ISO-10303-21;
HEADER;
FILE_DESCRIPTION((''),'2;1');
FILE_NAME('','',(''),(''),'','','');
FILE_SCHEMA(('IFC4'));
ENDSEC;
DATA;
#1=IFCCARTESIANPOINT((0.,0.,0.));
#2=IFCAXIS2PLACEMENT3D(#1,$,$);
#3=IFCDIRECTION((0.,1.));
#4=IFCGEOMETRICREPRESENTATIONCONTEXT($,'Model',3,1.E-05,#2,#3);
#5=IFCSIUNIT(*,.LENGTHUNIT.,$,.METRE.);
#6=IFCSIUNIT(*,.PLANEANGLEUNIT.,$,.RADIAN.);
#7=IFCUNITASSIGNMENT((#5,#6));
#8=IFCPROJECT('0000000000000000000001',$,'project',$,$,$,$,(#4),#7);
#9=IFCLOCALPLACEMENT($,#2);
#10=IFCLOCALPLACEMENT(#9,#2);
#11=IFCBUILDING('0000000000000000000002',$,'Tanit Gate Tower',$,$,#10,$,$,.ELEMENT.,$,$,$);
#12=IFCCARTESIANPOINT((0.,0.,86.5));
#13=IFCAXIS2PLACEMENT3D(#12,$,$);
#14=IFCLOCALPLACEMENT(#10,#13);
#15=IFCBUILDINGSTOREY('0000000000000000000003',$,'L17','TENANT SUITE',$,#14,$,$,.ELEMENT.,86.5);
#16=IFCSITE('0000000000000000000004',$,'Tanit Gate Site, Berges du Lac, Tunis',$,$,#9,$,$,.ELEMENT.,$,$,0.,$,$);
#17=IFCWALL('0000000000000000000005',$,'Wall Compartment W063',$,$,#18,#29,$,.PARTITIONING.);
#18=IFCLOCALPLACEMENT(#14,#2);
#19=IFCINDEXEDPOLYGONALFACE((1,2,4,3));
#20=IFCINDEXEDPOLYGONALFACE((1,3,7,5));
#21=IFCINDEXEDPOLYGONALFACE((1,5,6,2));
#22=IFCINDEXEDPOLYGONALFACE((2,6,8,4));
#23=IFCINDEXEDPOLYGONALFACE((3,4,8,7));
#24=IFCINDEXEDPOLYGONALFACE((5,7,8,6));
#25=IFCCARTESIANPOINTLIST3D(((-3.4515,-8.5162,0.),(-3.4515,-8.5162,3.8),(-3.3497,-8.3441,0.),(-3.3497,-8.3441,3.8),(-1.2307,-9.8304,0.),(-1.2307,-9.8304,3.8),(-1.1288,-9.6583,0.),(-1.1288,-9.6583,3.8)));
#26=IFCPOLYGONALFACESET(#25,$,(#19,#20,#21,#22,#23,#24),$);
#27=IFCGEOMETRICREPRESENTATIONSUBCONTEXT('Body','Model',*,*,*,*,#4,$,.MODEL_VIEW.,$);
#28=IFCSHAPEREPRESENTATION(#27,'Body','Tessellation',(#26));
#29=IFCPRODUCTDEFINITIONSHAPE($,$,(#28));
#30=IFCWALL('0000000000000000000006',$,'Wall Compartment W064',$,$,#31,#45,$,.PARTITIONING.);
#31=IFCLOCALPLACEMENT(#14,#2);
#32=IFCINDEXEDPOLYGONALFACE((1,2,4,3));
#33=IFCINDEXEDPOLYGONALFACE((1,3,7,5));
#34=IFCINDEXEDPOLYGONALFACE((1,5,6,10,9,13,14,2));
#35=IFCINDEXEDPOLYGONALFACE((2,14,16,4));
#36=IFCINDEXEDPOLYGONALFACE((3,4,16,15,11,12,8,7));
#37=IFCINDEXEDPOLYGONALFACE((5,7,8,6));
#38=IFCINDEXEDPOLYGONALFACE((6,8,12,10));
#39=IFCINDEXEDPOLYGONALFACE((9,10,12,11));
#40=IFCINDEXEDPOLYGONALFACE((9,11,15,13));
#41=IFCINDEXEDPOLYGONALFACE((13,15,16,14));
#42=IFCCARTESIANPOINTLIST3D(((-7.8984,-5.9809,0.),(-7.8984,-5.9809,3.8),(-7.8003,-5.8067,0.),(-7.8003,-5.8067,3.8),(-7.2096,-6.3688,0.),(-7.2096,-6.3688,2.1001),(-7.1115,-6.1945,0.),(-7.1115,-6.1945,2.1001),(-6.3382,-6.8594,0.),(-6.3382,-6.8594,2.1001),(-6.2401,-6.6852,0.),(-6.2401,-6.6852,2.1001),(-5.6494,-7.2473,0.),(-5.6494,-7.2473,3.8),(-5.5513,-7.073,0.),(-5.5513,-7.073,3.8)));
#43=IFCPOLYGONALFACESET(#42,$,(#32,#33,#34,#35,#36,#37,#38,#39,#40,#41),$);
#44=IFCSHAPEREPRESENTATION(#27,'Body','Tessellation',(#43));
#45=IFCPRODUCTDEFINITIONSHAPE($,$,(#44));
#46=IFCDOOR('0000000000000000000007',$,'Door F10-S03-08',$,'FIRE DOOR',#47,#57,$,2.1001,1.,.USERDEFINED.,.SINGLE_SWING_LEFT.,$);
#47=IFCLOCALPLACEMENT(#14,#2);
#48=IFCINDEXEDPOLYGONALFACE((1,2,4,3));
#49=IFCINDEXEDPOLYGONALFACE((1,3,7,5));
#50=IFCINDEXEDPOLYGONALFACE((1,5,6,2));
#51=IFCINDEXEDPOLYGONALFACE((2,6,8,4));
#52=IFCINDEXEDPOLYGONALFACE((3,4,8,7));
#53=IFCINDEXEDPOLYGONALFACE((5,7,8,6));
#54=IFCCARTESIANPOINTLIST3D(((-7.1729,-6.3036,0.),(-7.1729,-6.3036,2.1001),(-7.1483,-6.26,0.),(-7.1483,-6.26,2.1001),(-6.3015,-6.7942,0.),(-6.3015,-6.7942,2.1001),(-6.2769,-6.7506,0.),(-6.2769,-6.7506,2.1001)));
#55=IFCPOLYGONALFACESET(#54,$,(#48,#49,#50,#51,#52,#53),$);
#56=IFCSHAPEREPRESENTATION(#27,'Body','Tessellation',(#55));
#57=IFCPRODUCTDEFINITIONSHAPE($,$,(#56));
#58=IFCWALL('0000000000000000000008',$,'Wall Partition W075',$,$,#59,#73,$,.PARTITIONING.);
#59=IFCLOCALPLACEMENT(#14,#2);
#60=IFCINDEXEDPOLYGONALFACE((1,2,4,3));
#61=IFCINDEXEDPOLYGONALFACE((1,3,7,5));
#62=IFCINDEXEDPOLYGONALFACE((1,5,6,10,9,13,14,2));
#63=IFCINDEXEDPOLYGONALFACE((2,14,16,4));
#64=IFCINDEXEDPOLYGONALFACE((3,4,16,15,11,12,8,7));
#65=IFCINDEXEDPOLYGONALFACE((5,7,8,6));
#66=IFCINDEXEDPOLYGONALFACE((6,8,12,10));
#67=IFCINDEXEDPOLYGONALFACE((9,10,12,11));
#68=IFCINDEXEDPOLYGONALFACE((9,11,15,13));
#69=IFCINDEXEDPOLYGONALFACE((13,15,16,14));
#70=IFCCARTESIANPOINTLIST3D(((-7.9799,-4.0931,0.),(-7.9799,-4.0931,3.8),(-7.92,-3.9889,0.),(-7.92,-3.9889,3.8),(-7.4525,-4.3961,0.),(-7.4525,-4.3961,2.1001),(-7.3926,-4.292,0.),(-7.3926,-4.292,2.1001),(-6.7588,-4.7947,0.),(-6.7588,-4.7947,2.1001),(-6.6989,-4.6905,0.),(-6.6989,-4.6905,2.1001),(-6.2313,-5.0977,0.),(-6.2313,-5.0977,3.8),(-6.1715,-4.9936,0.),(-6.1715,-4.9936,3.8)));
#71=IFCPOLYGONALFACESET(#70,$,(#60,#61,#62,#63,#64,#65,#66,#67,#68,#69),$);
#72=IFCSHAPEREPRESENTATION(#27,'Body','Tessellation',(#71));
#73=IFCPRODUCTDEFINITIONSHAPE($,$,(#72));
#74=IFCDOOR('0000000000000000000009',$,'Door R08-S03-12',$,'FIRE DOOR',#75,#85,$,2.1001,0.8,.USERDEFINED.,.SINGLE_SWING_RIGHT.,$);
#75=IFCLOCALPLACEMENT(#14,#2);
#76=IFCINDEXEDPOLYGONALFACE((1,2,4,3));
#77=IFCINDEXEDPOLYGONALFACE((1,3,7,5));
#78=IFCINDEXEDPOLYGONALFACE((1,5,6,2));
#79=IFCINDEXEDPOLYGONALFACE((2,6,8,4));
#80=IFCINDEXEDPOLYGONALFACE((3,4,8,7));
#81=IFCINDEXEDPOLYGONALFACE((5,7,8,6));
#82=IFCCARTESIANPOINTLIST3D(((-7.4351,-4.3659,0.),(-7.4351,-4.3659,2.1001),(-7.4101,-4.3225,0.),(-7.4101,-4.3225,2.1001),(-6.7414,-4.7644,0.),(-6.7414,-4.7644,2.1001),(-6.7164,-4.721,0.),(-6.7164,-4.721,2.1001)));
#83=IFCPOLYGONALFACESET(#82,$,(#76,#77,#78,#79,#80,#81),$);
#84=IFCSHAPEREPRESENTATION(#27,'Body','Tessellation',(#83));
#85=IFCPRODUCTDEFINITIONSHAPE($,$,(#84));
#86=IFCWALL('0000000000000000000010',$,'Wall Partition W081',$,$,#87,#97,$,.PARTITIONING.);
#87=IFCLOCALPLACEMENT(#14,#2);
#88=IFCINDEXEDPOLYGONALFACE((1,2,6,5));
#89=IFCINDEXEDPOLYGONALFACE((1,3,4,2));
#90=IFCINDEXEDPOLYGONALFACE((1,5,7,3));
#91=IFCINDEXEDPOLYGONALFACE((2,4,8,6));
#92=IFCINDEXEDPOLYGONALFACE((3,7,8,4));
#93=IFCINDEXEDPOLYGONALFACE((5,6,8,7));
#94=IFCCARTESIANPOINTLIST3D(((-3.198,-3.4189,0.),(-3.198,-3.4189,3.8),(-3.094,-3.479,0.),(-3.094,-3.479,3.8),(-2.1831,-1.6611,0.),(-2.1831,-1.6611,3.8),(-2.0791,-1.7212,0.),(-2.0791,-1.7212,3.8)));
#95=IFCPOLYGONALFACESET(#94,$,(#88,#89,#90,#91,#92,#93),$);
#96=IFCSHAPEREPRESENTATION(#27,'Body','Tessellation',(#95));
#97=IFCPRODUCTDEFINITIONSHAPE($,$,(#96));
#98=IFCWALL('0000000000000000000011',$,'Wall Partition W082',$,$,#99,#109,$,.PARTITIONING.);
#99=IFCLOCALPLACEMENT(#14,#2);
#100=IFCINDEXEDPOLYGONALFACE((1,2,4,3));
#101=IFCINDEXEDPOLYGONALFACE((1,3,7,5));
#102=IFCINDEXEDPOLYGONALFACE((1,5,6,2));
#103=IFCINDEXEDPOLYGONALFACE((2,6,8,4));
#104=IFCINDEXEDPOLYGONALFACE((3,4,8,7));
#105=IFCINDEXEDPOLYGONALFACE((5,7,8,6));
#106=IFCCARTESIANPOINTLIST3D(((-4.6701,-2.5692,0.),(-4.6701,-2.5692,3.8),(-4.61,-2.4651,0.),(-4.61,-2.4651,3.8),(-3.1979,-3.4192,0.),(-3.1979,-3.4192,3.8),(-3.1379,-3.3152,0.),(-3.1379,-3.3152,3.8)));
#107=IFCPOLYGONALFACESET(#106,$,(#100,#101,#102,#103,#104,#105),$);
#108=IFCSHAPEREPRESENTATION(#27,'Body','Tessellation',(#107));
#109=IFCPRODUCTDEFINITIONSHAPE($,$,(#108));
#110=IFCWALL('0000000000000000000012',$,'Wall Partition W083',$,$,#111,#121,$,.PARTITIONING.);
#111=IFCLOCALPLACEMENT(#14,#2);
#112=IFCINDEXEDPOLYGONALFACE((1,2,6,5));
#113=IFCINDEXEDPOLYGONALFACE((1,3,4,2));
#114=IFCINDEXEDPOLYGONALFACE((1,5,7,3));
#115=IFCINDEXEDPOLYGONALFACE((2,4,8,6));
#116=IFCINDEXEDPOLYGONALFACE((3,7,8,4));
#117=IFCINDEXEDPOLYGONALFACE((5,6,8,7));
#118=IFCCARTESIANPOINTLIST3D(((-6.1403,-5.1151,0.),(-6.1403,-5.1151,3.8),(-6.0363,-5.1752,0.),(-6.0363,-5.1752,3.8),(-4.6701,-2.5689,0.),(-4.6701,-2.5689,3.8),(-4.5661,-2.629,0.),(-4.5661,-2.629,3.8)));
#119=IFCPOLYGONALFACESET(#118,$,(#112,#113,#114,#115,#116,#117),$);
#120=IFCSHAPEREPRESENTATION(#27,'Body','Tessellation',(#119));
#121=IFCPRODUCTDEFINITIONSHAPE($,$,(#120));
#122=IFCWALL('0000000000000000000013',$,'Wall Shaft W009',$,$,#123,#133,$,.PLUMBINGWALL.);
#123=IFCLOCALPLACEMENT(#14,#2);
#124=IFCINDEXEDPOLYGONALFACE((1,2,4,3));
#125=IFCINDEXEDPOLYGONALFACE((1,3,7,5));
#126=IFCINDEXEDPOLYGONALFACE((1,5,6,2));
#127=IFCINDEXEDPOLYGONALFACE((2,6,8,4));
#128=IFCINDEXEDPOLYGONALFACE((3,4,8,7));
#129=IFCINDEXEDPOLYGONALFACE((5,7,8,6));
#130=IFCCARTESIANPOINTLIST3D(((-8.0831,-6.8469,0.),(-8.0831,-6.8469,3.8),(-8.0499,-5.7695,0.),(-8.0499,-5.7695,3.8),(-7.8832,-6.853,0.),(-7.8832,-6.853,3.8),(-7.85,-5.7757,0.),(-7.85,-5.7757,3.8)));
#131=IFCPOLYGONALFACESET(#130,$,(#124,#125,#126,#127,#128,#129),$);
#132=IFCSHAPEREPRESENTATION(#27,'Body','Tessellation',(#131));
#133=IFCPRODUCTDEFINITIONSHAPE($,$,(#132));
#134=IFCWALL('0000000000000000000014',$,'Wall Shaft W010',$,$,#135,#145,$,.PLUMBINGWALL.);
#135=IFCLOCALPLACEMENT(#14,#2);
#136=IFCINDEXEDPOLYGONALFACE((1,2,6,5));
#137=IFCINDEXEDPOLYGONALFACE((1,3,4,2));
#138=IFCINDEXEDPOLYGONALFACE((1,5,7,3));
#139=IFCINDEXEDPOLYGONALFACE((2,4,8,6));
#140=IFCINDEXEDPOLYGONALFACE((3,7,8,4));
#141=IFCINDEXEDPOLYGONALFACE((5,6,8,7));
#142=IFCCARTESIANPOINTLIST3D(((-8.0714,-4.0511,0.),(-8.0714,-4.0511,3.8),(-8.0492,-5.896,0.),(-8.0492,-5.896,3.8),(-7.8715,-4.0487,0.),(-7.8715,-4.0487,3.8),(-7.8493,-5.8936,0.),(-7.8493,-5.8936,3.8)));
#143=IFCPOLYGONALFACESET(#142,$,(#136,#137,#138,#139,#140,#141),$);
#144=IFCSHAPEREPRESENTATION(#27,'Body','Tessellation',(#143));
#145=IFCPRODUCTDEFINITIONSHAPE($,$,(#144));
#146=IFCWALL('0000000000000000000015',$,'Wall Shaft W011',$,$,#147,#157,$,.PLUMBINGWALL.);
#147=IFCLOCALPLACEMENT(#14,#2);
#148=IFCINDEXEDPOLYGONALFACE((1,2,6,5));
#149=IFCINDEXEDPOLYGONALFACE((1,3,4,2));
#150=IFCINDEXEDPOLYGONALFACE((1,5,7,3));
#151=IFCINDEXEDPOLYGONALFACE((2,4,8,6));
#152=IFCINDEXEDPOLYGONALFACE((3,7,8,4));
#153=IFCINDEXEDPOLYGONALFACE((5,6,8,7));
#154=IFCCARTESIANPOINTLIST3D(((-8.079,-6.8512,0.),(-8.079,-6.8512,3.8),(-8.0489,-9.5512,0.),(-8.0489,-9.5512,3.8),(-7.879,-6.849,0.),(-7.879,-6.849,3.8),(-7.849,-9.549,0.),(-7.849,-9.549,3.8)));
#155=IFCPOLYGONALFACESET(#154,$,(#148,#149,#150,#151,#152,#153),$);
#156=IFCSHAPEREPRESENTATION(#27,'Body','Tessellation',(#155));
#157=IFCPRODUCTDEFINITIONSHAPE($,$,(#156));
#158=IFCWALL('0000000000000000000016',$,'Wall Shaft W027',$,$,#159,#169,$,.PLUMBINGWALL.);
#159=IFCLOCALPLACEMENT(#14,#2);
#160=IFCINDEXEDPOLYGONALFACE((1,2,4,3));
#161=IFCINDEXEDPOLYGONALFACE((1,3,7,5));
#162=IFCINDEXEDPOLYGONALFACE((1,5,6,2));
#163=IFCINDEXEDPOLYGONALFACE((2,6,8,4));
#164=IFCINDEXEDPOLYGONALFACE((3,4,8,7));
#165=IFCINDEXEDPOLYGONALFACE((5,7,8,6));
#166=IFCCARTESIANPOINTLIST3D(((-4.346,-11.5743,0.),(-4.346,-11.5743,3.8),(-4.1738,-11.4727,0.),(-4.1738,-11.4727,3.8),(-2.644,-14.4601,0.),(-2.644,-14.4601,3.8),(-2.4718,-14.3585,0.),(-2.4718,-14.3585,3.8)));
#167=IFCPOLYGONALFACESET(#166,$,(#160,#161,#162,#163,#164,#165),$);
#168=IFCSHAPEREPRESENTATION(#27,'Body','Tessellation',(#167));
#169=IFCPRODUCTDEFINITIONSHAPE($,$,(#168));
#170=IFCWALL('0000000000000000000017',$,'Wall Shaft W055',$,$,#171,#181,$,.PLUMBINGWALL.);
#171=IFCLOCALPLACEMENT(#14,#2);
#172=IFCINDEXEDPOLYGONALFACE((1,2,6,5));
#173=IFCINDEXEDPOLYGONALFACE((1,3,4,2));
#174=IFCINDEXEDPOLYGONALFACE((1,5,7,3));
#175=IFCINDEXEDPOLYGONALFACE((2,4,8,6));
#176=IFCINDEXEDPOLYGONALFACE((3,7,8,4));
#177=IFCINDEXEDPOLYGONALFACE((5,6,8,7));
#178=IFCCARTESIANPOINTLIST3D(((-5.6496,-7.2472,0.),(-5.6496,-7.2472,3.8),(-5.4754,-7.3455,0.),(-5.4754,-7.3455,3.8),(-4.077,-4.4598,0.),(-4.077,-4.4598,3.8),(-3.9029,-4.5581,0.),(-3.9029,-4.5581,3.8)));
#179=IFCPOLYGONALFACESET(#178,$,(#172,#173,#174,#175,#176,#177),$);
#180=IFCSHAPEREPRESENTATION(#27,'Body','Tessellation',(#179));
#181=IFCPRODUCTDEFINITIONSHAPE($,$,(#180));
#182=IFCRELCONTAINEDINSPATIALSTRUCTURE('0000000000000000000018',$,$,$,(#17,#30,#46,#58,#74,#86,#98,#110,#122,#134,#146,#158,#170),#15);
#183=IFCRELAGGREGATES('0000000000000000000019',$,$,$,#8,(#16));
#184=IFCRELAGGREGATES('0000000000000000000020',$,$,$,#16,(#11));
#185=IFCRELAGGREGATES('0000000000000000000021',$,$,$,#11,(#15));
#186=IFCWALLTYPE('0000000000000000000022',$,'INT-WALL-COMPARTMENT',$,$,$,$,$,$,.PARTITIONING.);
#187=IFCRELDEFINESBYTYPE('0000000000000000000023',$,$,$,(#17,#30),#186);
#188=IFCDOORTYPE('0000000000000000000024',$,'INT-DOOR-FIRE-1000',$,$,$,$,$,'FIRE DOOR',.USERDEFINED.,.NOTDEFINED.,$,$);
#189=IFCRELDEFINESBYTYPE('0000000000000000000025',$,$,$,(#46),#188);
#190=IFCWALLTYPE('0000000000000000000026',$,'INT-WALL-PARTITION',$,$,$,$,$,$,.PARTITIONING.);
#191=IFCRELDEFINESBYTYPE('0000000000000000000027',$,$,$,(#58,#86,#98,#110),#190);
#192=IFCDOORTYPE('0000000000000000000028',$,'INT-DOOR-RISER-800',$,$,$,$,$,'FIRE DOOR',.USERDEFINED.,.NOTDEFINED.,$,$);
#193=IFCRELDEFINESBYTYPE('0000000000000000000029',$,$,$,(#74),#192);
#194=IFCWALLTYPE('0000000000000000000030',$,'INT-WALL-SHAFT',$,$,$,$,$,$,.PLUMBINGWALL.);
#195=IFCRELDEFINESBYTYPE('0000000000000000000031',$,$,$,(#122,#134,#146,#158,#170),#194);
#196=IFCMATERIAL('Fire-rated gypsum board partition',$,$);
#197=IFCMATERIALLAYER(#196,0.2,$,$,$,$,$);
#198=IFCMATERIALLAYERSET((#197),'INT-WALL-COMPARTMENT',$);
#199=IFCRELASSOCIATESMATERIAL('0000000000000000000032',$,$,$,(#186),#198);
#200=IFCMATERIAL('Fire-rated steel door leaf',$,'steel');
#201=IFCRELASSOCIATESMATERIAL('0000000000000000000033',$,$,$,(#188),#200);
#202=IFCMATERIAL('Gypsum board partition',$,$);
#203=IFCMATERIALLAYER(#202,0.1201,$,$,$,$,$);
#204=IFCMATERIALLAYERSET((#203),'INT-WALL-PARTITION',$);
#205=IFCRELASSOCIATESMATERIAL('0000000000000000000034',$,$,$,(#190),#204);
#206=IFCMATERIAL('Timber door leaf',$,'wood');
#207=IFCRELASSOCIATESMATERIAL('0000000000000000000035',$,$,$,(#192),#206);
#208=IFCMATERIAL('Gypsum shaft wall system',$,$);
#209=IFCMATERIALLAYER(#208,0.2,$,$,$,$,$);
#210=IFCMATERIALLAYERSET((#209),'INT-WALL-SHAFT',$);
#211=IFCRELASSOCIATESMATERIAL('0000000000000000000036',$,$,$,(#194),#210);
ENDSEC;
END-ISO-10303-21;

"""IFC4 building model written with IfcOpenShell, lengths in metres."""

from ifc_helpers import new_model, si_unit, direction, frame, frame_2d, origin, place, context, subcontext, project, spatial, rectangle, extrude, material, layer, layer_set, type_object, element, fill, save


model = new_model("IFC4")

# Units and contexts
model_context = context("Model", 3, precision=1e-05, world=origin(), true_north=direction((0.0, 1.0)))
body_context = subcontext(model_context, "Body", "Model", "MODEL_VIEW")
ifc_project = project(units=[si_unit("LENGTHUNIT", "METRE"), si_unit("PLANEANGLEUNIT", "RADIAN")], contexts=[model_context])

# Site, building, storey
site_placement = place(None, origin())
site = spatial("IfcSite", under=ifc_project, at=site_placement, Name="Tanit Gate Site, Berges du Lac, Tunis", CompositionType="ELEMENT", RefElevation=0.0)
building_placement = place(site_placement, origin())
building = spatial("IfcBuilding", under=site, at=building_placement, Name="Tanit Gate Tower", CompositionType="ELEMENT")
storey_placement = place(building_placement, frame((0.0, 0.0, 86.5)))
storey = spatial("IfcBuildingStorey", under=building, at=storey_placement, Name="L17", Description="TENANT SUITE", CompositionType="ELEMENT", Elevation=86.5)

# Wall
ifc_material_1 = material(Name="Fire-rated gypsum board partition")
ifc_layer_1 = layer(ifc_material_1, 0.2)
ifc_layer_set_1 = layer_set([ifc_layer_1], Name="INT-WALL-COMPARTMENT")
wall_type_1 = type_object("IfcWallType", Name="INT-WALL-COMPARTMENT", PredefinedType="PARTITIONING", material=ifc_layer_set_1)
wall_1_placement = place(storey_placement, frame((-3.4006, -8.4302, 0.0), z_axis=(0.0, 0.0, 1.0), x_axis=(0.860616, -0.509255, 0.0)))
element("IfcWall", 1, at=wall_1_placement, inside=storey, type_object=wall_type_1, Name="Wall Compartment W063", PredefinedType="PARTITIONING", context=body_context, shape_type="SweptSolid", body=[
    extrude(rectangle(XDim=2.5806, YDim=0.2, at=frame_2d((1.2903, 0.0))), origin(), (0.0, 0.0, 1.0), 3.8),
])

# Walls, openings, doors
wall_2_placement = place(storey_placement, frame((-7.8494, -5.8938, 0.0), z_axis=(0.0, 0.0, 1.0), x_axis=(0.871363, -0.490638, 0.0)))
wall_2 = element("IfcWall", 2, at=wall_2_placement, inside=storey, type_object=wall_type_1, Name="Wall Compartment W064", PredefinedType="PARTITIONING", context=body_context, shape_type="SweptSolid", body=[
    extrude(rectangle(XDim=2.5811, YDim=0.2, at=frame_2d((1.2905, 0.0))), origin(), (0.0, 0.0, 1.0), 3.8),
])
opening_1_placement = place(wall_2_placement, frame((0.7905, 0.0, 0.0)))
opening_1 = element("IfcOpeningElement", 3, at=opening_1_placement, cuts=wall_2, PredefinedType="OPENING", context=body_context, shape_type="SweptSolid", body=[
    extrude(rectangle(XDim=1.0, YDim=2.1001, at=frame_2d((0.5, 1.05))), frame((0.0, 0.1099, 0.0), z_axis=(0.0, -1.0, 0.0), x_axis=(1.0, 0.0, 0.0)), (0.0, 0.0, 1.0), 0.22),
])
ifc_material_2 = material(Name="Fire-rated steel door leaf", Category="steel")
door_type_1 = type_object("IfcDoorType", Name="INT-DOOR-FIRE-1000", ElementType="FIRE DOOR", OperationType="NOTDEFINED", PredefinedType="USERDEFINED", material=ifc_material_2)
door_1_placement = place(opening_1_placement, origin())
door_1 = element("IfcDoor", 4, at=door_1_placement, inside=storey, type_object=door_type_1, Name="Door F10-S03-08", ObjectType="FIRE DOOR", OperationType="SINGLE_SWING_LEFT", OverallHeight=2.1001, OverallWidth=1.0, PredefinedType="USERDEFINED", context=body_context, shape_type="SweptSolid", body=[
    extrude(rectangle(XDim=1.0, YDim=2.1001, at=frame_2d((0.5, 1.05))), frame((0.0, 0.0249, 0.0), z_axis=(0.0, -1.0, 0.0), x_axis=(1.0, 0.0, 0.0)), (0.0, 0.0, 1.0), 0.05),
])
fill(opening_1, door_1)
ifc_material_3 = material(Name="Gypsum board partition")
ifc_layer_2 = layer(ifc_material_3, 0.1201)
ifc_layer_set_2 = layer_set([ifc_layer_2], Name="INT-WALL-PARTITION")
wall_type_2 = type_object("IfcWallType", Name="INT-WALL-PARTITION", PredefinedType="PARTITIONING", material=ifc_layer_set_2)
wall_3_placement = place(storey_placement, frame((-7.95, -4.041, 0.0), z_axis=(0.0, 0.0, 1.0), x_axis=(0.867071, -0.498184, 0.0)))
wall_3 = element("IfcWall", 5, at=wall_3_placement, inside=storey, type_object=wall_type_2, Name="Wall Partition W075", PredefinedType="PARTITIONING", context=body_context, shape_type="SweptSolid", body=[
    extrude(rectangle(XDim=2.0166, YDim=0.1201, at=frame_2d((1.0083, 0.0))), origin(), (0.0, 0.0, 1.0), 3.8),
])
opening_2_placement = place(wall_3_placement, frame((0.6084, 0.0, 0.0)))
opening_2 = element("IfcOpeningElement", 6, at=opening_2_placement, cuts=wall_3, PredefinedType="OPENING", context=body_context, shape_type="SweptSolid", body=[
    extrude(rectangle(XDim=0.8, YDim=2.1001, at=frame_2d((0.3999, 1.05))), frame((0.0, 0.0701, 0.0), z_axis=(0.0, -1.0, 0.0), x_axis=(1.0, 0.0, 0.0)), (0.0, 0.0, 1.0), 0.1401),
])
ifc_material_4 = material(Name="Timber door leaf", Category="wood")
door_type_2 = type_object("IfcDoorType", Name="INT-DOOR-RISER-800", ElementType="FIRE DOOR", OperationType="NOTDEFINED", PredefinedType="USERDEFINED", material=ifc_material_4)
door_2_placement = place(opening_2_placement, origin())
door_2 = element("IfcDoor", 7, at=door_2_placement, inside=storey, type_object=door_type_2, Name="Door R08-S03-12", ObjectType="FIRE DOOR", OperationType="SINGLE_SWING_RIGHT", OverallHeight=2.1001, OverallWidth=0.8, PredefinedType="USERDEFINED", context=body_context, shape_type="SweptSolid", body=[
    extrude(rectangle(XDim=0.8, YDim=2.1001, at=frame_2d((0.3999, 1.05))), frame((0.0, 0.0249, 0.0), z_axis=(0.0, -1.0, 0.0), x_axis=(1.0, 0.0, 0.0)), (0.0, 0.0, 1.0), 0.05),
])
fill(opening_2, door_2)

# Walls
wall_4_placement = place(storey_placement, frame((-3.146, -3.449, 0.0), z_axis=(0.0, 0.0, 1.0), x_axis=(0.500007, 0.866021, 0.0)))
element("IfcWall", 8, at=wall_4_placement, inside=storey, type_object=wall_type_2, Name="Wall Partition W081", PredefinedType="PARTITIONING", context=body_context, shape_type="SweptSolid", body=[
    extrude(rectangle(XDim=2.0298, YDim=0.1201, at=frame_2d((1.0149, 0.0))), origin(), (0.0, 0.0, 1.0), 3.8),
])
wall_5_placement = place(storey_placement, frame((-4.6401, -2.5171, 0.0), z_axis=(0.0, 0.0, 1.0), x_axis=(0.865989, -0.500062, 0.0)))
element("IfcWall", 9, at=wall_5_placement, inside=storey, type_object=wall_type_2, Name="Wall Partition W082", PredefinedType="PARTITIONING", context=body_context, shape_type="SweptSolid", body=[
    extrude(rectangle(XDim=1.7, YDim=0.1201, at=frame_2d((0.8501, 0.0))), origin(), (0.0, 0.0, 1.0), 3.8),
])
wall_6_placement = place(storey_placement, frame((-6.0884, -5.1453, 0.0), z_axis=(0.0, 0.0, 1.0), x_axis=(0.500051, 0.865996, 0.0)))
element("IfcWall", 10, at=wall_6_placement, inside=storey, type_object=wall_type_2, Name="Wall Partition W083", PredefinedType="PARTITIONING", context=body_context, shape_type="SweptSolid", body=[
    extrude(rectangle(XDim=2.9402, YDim=0.1201, at=frame_2d((1.4702, 0.0))), origin(), (0.0, 0.0, 1.0), 3.8),
])
ifc_material_5 = material(Name="Gypsum shaft wall system")
ifc_layer_3 = layer(ifc_material_5, 0.2)
ifc_layer_set_3 = layer_set([ifc_layer_3], Name="INT-WALL-SHAFT")
wall_type_3 = type_object("IfcWallType", Name="INT-WALL-SHAFT", PredefinedType="PLUMBINGWALL", material=ifc_layer_set_3)
wall_7_placement = place(storey_placement, frame((-7.95, -5.7725, 0.0), z_axis=(0.0, 0.0, 1.0), x_axis=(-0.030803, -0.999525, 0.0)))
element("IfcWall", 11, at=wall_7_placement, inside=storey, type_object=wall_type_3, Name="Wall Shaft W009", PredefinedType="PLUMBINGWALL", context=body_context, shape_type="SweptSolid", body=[
    extrude(rectangle(XDim=1.0779, YDim=0.2, at=frame_2d((0.5391, 0.0))), origin(), (0.0, 0.0, 1.0), 3.8),
])
wall_8_placement = place(storey_placement, frame((-7.9714, -4.05, 0.0), z_axis=(0.0, 0.0, 1.0), x_axis=(0.012043, -0.999927, 0.0)))
element("IfcWall", 12, at=wall_8_placement, inside=storey, type_object=wall_type_3, Name="Wall Shaft W010", PredefinedType="PLUMBINGWALL", context=body_context, shape_type="SweptSolid", body=[
    extrude(rectangle(XDim=1.845, YDim=0.2, at=frame_2d((0.9224, 0.0))), origin(), (0.0, 0.0, 1.0), 3.8),
])
wall_9_placement = place(storey_placement, frame((-7.979, -6.8501, 0.0), z_axis=(0.0, 0.0, 1.0), x_axis=(0.011121, -0.999938, 0.0)))
element("IfcWall", 13, at=wall_9_placement, inside=storey, type_object=wall_type_3, Name="Wall Shaft W011", PredefinedType="PLUMBINGWALL", context=body_context, shape_type="SweptSolid", body=[
    extrude(rectangle(XDim=2.7002, YDim=0.2, at=frame_2d((1.3501, 0.0))), origin(), (0.0, 0.0, 1.0), 3.8),
])
wall_10_placement = place(storey_placement, frame((-2.5579, -14.4094, 0.0), z_axis=(0.0, 0.0, 1.0), x_axis=(-0.507997, 0.861359, 0.0)))
element("IfcWall", 14, at=wall_10_placement, inside=storey, type_object=wall_type_3, Name="Wall Shaft W027", PredefinedType="PLUMBINGWALL", context=body_context, shape_type="SweptSolid", body=[
    extrude(rectangle(XDim=3.3503, YDim=0.2, at=frame_2d((1.6753, 0.0))), origin(), (0.0, 0.0, 1.0), 3.8),
])

# Wall
wall_11_placement = place(storey_placement, frame((-3.99, -4.509, 0.0), z_axis=(0.0, 0.0, 1.0), x_axis=(-0.491358, -0.870958, 0.0)))
element("IfcWall", 15, at=wall_11_placement, inside=storey, type_object=wall_type_3, Name="Wall Shaft W055", PredefinedType="PLUMBINGWALL", context=body_context, shape_type="SweptSolid", body=[
    extrude(rectangle(XDim=3.2004, YDim=0.2, at=frame_2d((1.6001, 0.0))), origin(), (0.0, 0.0, 1.0), 3.8),
])

save(model, "model.ifc")
